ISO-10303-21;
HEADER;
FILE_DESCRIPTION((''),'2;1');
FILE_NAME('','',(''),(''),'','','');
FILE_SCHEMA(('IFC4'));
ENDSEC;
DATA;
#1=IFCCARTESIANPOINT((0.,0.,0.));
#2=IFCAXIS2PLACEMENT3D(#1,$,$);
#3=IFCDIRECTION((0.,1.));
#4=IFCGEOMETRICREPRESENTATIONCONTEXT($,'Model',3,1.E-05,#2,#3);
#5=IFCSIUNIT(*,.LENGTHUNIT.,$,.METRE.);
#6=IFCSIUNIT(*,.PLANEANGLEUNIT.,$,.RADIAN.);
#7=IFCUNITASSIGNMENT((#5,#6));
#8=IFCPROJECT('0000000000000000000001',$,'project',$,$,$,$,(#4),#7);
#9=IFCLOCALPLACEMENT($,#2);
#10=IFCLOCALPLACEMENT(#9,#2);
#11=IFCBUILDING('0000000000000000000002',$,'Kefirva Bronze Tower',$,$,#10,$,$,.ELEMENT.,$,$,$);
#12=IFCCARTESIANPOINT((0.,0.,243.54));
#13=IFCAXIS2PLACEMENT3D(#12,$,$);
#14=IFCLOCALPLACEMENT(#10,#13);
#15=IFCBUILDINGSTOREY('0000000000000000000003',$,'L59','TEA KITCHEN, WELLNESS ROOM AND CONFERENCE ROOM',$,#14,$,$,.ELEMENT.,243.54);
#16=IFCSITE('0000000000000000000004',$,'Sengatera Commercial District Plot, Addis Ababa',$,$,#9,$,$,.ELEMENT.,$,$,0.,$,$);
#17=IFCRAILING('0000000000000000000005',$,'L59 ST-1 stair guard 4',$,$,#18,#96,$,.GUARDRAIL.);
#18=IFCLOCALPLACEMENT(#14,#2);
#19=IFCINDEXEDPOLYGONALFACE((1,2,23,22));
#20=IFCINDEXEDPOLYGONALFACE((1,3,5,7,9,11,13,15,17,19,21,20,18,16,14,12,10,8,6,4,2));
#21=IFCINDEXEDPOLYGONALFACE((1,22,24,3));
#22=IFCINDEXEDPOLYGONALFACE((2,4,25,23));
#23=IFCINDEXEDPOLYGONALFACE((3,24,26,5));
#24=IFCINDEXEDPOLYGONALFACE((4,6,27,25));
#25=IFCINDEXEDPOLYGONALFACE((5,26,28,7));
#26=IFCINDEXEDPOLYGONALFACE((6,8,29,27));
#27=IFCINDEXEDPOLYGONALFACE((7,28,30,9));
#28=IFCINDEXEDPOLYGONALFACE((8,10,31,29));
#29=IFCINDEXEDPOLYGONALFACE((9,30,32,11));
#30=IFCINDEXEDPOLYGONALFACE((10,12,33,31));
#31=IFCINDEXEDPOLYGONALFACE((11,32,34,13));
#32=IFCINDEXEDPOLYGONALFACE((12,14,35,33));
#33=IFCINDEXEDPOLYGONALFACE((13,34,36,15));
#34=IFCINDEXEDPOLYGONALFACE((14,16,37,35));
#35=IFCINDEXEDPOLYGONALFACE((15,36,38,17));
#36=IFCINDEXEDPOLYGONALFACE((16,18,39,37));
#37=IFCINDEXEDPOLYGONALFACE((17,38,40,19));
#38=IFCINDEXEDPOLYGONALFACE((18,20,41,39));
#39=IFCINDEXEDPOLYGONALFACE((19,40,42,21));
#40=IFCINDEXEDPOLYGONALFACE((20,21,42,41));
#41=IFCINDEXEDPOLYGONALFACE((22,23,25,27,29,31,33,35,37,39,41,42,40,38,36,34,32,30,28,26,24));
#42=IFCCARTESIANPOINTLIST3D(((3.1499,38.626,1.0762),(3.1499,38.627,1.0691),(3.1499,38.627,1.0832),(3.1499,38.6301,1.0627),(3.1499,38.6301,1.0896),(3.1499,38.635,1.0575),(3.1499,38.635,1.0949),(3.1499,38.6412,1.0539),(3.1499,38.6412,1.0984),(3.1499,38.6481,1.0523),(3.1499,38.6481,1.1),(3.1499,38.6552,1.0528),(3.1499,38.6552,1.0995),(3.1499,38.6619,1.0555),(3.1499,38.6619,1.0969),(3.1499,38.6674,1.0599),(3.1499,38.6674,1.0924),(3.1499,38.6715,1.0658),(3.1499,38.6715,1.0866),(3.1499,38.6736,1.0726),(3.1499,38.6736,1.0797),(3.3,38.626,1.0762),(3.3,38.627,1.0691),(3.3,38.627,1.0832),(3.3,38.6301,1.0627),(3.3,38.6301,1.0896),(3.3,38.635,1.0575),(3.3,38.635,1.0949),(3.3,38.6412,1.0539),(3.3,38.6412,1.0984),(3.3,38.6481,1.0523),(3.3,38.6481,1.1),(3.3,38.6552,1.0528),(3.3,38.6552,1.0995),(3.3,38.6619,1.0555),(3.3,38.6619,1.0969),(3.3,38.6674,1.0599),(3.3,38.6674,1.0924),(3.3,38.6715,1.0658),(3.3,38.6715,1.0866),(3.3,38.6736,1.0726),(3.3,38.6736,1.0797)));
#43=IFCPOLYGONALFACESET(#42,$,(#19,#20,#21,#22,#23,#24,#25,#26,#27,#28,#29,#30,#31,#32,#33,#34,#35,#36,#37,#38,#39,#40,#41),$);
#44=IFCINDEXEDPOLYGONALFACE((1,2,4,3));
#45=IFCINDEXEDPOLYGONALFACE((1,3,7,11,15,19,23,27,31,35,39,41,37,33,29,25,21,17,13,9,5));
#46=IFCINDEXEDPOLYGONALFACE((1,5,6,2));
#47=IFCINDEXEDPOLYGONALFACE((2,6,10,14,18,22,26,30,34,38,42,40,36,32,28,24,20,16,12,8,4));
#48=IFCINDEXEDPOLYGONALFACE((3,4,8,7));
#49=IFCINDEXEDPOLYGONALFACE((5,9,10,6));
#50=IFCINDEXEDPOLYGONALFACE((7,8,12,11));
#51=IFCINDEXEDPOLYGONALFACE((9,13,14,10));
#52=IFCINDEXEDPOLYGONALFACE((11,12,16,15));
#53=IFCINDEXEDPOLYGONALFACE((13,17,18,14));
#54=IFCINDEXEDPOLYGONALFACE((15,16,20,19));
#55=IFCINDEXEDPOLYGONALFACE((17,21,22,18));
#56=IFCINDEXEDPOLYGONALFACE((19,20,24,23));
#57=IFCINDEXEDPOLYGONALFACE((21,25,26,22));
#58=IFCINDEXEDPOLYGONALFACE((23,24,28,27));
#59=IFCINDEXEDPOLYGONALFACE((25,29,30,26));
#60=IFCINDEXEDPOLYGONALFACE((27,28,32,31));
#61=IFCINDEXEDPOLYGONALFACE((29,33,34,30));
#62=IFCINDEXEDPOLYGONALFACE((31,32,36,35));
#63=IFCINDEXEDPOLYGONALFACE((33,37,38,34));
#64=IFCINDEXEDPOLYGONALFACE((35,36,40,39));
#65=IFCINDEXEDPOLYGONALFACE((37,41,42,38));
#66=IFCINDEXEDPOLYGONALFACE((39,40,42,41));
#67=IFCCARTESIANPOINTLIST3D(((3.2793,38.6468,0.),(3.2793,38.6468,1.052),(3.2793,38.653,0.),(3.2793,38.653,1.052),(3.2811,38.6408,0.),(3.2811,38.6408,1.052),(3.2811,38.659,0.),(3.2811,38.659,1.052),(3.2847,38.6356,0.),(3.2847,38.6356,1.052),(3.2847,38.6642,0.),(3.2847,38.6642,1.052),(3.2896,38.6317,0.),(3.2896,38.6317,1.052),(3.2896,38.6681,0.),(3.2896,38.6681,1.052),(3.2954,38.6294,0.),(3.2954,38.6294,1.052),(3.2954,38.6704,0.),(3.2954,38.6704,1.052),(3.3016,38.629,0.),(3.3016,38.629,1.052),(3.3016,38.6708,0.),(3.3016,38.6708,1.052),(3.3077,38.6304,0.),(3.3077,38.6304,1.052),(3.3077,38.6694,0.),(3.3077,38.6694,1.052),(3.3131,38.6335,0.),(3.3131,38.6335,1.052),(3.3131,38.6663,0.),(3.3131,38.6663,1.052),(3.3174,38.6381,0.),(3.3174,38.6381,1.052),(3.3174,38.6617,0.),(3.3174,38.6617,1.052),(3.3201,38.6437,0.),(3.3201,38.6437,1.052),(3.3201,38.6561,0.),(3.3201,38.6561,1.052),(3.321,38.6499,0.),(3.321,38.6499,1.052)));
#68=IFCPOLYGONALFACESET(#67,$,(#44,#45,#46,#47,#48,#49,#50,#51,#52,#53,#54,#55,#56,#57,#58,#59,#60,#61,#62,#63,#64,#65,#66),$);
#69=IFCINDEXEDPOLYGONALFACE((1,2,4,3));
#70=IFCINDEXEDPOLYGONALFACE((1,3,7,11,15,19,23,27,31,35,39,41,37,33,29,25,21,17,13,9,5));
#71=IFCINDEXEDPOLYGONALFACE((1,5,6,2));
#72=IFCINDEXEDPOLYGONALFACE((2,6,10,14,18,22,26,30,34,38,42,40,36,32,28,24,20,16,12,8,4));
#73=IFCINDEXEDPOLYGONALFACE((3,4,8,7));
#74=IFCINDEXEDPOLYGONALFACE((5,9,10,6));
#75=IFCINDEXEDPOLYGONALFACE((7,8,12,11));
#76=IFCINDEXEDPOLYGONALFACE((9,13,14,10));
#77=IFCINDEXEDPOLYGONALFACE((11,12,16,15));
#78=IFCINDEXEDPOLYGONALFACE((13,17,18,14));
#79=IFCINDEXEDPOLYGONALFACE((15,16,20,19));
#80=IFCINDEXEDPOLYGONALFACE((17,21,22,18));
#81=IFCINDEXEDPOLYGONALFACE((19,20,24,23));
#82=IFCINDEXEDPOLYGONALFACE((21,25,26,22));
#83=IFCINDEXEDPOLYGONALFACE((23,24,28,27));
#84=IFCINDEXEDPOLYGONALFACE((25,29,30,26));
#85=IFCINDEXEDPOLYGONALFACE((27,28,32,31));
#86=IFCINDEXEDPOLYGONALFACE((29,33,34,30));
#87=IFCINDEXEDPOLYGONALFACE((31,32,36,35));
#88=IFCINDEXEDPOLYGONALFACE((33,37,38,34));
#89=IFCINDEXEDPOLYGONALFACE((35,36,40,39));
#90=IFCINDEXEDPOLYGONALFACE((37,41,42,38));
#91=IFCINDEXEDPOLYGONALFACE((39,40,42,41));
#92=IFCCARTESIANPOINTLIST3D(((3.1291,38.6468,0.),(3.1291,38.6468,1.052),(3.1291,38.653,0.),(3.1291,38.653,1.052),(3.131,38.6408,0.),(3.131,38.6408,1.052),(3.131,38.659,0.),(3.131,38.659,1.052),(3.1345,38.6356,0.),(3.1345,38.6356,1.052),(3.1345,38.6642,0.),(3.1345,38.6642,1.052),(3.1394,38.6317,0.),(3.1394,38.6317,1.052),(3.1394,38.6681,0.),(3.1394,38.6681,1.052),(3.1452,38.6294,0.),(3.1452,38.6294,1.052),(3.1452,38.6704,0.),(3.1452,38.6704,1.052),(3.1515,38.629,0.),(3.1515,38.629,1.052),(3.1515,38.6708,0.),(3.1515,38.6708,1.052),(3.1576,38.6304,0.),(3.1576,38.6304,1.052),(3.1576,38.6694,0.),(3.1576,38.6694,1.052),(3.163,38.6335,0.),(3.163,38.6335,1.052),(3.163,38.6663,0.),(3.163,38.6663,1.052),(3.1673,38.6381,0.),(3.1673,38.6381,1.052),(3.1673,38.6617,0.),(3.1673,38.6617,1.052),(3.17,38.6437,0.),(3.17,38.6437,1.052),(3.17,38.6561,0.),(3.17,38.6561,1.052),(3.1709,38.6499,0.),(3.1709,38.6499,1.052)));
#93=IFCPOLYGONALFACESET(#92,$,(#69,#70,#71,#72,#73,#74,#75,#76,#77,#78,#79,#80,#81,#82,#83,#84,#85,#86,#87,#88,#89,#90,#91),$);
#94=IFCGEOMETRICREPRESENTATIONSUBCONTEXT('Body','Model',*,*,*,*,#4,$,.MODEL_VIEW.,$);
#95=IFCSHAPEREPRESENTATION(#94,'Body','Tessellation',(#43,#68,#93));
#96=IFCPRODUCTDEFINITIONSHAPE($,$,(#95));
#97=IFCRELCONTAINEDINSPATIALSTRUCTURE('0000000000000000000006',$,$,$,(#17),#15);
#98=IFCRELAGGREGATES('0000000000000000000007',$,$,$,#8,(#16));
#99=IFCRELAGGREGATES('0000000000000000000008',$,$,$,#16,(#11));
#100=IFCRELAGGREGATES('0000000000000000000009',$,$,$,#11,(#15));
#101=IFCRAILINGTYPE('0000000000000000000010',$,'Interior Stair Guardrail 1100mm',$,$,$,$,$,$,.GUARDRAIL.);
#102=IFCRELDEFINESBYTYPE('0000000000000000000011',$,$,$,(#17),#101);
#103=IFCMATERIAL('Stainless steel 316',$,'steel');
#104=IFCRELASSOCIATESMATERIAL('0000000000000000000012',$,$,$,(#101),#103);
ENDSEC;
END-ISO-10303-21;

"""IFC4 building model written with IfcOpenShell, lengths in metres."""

from ifc_helpers import new_model, si_unit, direction, frame, origin, origin_2d, place, context, subcontext, project, spatial, circle, extrude, material, type_object, element, save


model = new_model("IFC4")

# Units and contexts
model_context = context("Model", 3, precision=1e-05, world=origin(), true_north=direction((0.0, 1.0)))
body_context = subcontext(model_context, "Body", "Model", "MODEL_VIEW")
ifc_project = project(units=[si_unit("LENGTHUNIT", "METRE"), si_unit("PLANEANGLEUNIT", "RADIAN")], contexts=[model_context])

# Site, building, storey
site_placement = place(None, origin())
site = spatial("IfcSite", under=ifc_project, at=site_placement, Name="Sengatera Commercial District Plot, Addis Ababa", CompositionType="ELEMENT", RefElevation=0.0)
building_placement = place(site_placement, origin())
building = spatial("IfcBuilding", under=site, at=building_placement, Name="Kefirva Bronze Tower", CompositionType="ELEMENT")
storey_placement = place(building_placement, frame((0.0, 0.0, 243.54)))
storey = spatial("IfcBuildingStorey", under=building, at=storey_placement, Name="L59", Description="TEA KITCHEN, WELLNESS ROOM AND CONFERENCE ROOM", CompositionType="ELEMENT", Elevation=243.54)

# Railing
ifc_material_1 = material(Name="Stainless steel 316", Category="steel")
railing_type_1 = type_object("IfcRailingType", Name="Interior Stair Guardrail 1100mm", PredefinedType="GUARDRAIL", material=ifc_material_1)
railing_1_placement = place(storey_placement, frame((3.3, 38.6499, 0.0)))
element("IfcRailing", 1, at=railing_1_placement, inside=storey, type_object=railing_type_1, Name="L59 ST-1 stair guard 4", PredefinedType="GUARDRAIL", context=body_context, shape_type="SweptSolid", body=[
    extrude(circle(Radius=0.0239, at=origin_2d()), frame((0.0, 0.0, 1.0762), z_axis=(-1.0, 0.0, 0.0), x_axis=(0.0, -1.0, 0.0)), (0.0, 0.0, 1.0), 0.1501),
    extrude(circle(Radius=0.021, at=origin_2d()), origin(), (0.0, 0.0, 1.0), 1.052),
    extrude(circle(Radius=0.021, at=origin_2d()), frame((-0.1501, 0.0, 0.0)), (0.0, 0.0, 1.0), 1.052),
])

save(model, "model.ifc")
